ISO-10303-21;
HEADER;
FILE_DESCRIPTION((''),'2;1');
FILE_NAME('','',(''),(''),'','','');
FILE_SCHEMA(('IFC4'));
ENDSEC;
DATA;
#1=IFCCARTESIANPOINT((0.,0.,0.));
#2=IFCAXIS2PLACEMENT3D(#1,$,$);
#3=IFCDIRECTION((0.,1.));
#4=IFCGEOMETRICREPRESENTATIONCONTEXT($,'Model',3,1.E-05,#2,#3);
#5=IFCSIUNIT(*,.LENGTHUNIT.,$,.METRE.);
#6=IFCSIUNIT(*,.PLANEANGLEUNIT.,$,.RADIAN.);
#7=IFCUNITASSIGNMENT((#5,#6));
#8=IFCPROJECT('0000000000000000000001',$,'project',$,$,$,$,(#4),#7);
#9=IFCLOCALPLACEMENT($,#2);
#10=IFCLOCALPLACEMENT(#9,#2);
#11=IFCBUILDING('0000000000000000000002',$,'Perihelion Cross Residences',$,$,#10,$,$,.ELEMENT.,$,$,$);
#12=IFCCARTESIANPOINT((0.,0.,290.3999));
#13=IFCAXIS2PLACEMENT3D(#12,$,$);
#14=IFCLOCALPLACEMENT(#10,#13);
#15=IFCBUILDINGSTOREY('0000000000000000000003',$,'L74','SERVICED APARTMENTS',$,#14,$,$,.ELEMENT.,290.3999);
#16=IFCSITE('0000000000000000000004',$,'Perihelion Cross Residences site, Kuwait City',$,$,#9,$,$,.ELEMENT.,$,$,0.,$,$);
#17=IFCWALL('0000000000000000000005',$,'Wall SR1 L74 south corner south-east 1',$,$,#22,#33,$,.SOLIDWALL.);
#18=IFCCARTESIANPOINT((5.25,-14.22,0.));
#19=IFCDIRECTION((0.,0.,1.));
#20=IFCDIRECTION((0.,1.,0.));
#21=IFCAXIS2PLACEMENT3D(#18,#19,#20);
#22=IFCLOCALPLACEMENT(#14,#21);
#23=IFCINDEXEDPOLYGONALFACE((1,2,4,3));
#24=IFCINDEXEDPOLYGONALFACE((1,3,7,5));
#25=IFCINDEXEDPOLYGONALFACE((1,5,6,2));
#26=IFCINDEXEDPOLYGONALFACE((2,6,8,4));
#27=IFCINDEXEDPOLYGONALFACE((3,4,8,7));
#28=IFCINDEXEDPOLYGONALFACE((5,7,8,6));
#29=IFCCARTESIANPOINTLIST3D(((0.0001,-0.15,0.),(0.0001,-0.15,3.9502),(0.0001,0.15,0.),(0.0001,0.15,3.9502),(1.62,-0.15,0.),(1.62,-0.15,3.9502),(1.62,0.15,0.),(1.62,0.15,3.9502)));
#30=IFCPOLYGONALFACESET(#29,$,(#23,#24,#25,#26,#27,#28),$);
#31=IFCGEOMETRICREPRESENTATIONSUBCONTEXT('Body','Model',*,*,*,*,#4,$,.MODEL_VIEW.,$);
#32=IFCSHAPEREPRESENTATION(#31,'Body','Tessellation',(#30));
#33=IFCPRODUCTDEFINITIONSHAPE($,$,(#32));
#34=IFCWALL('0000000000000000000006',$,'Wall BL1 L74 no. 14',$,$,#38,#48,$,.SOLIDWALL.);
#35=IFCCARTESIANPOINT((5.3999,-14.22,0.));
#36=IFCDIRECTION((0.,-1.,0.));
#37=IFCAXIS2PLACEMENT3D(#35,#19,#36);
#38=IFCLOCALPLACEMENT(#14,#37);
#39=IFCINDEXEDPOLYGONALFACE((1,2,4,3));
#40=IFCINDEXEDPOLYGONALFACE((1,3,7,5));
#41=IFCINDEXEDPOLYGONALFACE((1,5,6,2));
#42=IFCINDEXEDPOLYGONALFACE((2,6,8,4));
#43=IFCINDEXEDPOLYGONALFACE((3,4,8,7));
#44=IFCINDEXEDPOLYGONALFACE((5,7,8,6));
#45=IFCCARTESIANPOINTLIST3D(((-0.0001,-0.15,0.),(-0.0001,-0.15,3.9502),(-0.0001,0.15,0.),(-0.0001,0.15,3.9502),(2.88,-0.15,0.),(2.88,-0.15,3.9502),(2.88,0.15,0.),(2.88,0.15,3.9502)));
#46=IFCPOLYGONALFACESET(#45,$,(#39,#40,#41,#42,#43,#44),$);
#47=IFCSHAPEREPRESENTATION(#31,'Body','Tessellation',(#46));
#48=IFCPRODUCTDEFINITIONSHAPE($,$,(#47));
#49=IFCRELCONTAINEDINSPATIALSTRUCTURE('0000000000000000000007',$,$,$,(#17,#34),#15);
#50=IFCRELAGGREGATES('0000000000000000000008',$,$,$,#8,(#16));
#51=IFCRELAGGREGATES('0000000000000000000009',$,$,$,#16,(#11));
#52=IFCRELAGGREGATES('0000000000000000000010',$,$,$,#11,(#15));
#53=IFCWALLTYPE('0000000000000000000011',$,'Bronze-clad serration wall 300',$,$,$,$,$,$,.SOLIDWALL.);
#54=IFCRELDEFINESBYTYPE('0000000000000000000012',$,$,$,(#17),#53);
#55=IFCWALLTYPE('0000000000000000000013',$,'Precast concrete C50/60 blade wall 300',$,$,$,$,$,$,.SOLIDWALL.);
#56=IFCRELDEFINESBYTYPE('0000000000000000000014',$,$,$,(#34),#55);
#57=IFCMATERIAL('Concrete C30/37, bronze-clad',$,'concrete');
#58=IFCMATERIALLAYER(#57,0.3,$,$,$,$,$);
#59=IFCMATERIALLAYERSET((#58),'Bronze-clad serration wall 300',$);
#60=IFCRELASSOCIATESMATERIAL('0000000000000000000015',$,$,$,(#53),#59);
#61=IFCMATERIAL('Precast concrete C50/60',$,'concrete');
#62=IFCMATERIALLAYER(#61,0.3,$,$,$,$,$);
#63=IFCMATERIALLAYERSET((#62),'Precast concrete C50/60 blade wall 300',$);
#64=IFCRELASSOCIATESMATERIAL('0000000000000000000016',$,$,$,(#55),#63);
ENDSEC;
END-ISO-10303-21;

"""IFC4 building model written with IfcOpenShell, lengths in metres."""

from ifc_helpers import new_model, si_unit, direction, frame, frame_2d, origin, place, context, subcontext, project, spatial, rectangle, extrude, material, layer, layer_set, type_object, element, save


model = new_model("IFC4")

# Units and contexts
model_context = context("Model", 3, precision=1e-05, world=origin(), true_north=direction((0.0, 1.0)))
body_context = subcontext(model_context, "Body", "Model", "MODEL_VIEW")
ifc_project = project(units=[si_unit("LENGTHUNIT", "METRE"), si_unit("PLANEANGLEUNIT", "RADIAN")], contexts=[model_context])

# Site, building, storey
site_placement = place(None, origin())
site = spatial("IfcSite", under=ifc_project, at=site_placement, Name="Perihelion Cross Residences site, Kuwait City", CompositionType="ELEMENT", RefElevation=0.0)
building_placement = place(site_placement, origin())
building = spatial("IfcBuilding", under=site, at=building_placement, Name="Perihelion Cross Residences", CompositionType="ELEMENT")
storey_placement = place(building_placement, frame((0.0, 0.0, 290.3999)))
storey = spatial("IfcBuildingStorey", under=building, at=storey_placement, Name="L74", Description="SERVICED APARTMENTS", CompositionType="ELEMENT", Elevation=290.3999)

# Wall
ifc_material_1 = material(Name="Concrete C30/37, bronze-clad", Category="concrete")
ifc_layer_1 = layer(ifc_material_1, 0.3)
ifc_layer_set_1 = layer_set([ifc_layer_1], Name="Bronze-clad serration wall 300")
wall_type_1 = type_object("IfcWallType", Name="Bronze-clad serration wall 300", PredefinedType="SOLIDWALL", material=ifc_layer_set_1)
wall_1_placement = place(storey_placement, frame((5.25, -14.22, 0.0), z_axis=(0.0, 0.0, 1.0), x_axis=(0.0, 1.0, 0.0)))
element("IfcWall", 1, at=wall_1_placement, inside=storey, type_object=wall_type_1, Name="Wall SR1 L74 south corner south-east 1", PredefinedType="SOLIDWALL", context=body_context, shape_type="SweptSolid", body=[
    extrude(rectangle(XDim=1.6199, YDim=0.3, at=frame_2d((0.8101, 0.0))), origin(), (0.0, 0.0, 1.0), 3.9502),
])

# Wall
ifc_material_2 = material(Name="Precast concrete C50/60", Category="concrete")
ifc_layer_2 = layer(ifc_material_2, 0.3)
ifc_layer_set_2 = layer_set([ifc_layer_2], Name="Precast concrete C50/60 blade wall 300")
wall_type_2 = type_object("IfcWallType", Name="Precast concrete C50/60 blade wall 300", PredefinedType="SOLIDWALL", material=ifc_layer_set_2)
wall_2_placement = place(storey_placement, frame((5.3999, -14.22, 0.0), z_axis=(0.0, 0.0, 1.0), x_axis=(0.0, -1.0, 0.0)))
element("IfcWall", 2, at=wall_2_placement, inside=storey, type_object=wall_type_2, Name="Wall BL1 L74 no. 14", PredefinedType="SOLIDWALL", context=body_context, shape_type="SweptSolid", body=[
    extrude(rectangle(XDim=2.8801, YDim=0.3, at=frame_2d((1.4399, 0.0))), origin(), (0.0, 0.0, 1.0), 3.9502),
])

save(model, "model.ifc")
